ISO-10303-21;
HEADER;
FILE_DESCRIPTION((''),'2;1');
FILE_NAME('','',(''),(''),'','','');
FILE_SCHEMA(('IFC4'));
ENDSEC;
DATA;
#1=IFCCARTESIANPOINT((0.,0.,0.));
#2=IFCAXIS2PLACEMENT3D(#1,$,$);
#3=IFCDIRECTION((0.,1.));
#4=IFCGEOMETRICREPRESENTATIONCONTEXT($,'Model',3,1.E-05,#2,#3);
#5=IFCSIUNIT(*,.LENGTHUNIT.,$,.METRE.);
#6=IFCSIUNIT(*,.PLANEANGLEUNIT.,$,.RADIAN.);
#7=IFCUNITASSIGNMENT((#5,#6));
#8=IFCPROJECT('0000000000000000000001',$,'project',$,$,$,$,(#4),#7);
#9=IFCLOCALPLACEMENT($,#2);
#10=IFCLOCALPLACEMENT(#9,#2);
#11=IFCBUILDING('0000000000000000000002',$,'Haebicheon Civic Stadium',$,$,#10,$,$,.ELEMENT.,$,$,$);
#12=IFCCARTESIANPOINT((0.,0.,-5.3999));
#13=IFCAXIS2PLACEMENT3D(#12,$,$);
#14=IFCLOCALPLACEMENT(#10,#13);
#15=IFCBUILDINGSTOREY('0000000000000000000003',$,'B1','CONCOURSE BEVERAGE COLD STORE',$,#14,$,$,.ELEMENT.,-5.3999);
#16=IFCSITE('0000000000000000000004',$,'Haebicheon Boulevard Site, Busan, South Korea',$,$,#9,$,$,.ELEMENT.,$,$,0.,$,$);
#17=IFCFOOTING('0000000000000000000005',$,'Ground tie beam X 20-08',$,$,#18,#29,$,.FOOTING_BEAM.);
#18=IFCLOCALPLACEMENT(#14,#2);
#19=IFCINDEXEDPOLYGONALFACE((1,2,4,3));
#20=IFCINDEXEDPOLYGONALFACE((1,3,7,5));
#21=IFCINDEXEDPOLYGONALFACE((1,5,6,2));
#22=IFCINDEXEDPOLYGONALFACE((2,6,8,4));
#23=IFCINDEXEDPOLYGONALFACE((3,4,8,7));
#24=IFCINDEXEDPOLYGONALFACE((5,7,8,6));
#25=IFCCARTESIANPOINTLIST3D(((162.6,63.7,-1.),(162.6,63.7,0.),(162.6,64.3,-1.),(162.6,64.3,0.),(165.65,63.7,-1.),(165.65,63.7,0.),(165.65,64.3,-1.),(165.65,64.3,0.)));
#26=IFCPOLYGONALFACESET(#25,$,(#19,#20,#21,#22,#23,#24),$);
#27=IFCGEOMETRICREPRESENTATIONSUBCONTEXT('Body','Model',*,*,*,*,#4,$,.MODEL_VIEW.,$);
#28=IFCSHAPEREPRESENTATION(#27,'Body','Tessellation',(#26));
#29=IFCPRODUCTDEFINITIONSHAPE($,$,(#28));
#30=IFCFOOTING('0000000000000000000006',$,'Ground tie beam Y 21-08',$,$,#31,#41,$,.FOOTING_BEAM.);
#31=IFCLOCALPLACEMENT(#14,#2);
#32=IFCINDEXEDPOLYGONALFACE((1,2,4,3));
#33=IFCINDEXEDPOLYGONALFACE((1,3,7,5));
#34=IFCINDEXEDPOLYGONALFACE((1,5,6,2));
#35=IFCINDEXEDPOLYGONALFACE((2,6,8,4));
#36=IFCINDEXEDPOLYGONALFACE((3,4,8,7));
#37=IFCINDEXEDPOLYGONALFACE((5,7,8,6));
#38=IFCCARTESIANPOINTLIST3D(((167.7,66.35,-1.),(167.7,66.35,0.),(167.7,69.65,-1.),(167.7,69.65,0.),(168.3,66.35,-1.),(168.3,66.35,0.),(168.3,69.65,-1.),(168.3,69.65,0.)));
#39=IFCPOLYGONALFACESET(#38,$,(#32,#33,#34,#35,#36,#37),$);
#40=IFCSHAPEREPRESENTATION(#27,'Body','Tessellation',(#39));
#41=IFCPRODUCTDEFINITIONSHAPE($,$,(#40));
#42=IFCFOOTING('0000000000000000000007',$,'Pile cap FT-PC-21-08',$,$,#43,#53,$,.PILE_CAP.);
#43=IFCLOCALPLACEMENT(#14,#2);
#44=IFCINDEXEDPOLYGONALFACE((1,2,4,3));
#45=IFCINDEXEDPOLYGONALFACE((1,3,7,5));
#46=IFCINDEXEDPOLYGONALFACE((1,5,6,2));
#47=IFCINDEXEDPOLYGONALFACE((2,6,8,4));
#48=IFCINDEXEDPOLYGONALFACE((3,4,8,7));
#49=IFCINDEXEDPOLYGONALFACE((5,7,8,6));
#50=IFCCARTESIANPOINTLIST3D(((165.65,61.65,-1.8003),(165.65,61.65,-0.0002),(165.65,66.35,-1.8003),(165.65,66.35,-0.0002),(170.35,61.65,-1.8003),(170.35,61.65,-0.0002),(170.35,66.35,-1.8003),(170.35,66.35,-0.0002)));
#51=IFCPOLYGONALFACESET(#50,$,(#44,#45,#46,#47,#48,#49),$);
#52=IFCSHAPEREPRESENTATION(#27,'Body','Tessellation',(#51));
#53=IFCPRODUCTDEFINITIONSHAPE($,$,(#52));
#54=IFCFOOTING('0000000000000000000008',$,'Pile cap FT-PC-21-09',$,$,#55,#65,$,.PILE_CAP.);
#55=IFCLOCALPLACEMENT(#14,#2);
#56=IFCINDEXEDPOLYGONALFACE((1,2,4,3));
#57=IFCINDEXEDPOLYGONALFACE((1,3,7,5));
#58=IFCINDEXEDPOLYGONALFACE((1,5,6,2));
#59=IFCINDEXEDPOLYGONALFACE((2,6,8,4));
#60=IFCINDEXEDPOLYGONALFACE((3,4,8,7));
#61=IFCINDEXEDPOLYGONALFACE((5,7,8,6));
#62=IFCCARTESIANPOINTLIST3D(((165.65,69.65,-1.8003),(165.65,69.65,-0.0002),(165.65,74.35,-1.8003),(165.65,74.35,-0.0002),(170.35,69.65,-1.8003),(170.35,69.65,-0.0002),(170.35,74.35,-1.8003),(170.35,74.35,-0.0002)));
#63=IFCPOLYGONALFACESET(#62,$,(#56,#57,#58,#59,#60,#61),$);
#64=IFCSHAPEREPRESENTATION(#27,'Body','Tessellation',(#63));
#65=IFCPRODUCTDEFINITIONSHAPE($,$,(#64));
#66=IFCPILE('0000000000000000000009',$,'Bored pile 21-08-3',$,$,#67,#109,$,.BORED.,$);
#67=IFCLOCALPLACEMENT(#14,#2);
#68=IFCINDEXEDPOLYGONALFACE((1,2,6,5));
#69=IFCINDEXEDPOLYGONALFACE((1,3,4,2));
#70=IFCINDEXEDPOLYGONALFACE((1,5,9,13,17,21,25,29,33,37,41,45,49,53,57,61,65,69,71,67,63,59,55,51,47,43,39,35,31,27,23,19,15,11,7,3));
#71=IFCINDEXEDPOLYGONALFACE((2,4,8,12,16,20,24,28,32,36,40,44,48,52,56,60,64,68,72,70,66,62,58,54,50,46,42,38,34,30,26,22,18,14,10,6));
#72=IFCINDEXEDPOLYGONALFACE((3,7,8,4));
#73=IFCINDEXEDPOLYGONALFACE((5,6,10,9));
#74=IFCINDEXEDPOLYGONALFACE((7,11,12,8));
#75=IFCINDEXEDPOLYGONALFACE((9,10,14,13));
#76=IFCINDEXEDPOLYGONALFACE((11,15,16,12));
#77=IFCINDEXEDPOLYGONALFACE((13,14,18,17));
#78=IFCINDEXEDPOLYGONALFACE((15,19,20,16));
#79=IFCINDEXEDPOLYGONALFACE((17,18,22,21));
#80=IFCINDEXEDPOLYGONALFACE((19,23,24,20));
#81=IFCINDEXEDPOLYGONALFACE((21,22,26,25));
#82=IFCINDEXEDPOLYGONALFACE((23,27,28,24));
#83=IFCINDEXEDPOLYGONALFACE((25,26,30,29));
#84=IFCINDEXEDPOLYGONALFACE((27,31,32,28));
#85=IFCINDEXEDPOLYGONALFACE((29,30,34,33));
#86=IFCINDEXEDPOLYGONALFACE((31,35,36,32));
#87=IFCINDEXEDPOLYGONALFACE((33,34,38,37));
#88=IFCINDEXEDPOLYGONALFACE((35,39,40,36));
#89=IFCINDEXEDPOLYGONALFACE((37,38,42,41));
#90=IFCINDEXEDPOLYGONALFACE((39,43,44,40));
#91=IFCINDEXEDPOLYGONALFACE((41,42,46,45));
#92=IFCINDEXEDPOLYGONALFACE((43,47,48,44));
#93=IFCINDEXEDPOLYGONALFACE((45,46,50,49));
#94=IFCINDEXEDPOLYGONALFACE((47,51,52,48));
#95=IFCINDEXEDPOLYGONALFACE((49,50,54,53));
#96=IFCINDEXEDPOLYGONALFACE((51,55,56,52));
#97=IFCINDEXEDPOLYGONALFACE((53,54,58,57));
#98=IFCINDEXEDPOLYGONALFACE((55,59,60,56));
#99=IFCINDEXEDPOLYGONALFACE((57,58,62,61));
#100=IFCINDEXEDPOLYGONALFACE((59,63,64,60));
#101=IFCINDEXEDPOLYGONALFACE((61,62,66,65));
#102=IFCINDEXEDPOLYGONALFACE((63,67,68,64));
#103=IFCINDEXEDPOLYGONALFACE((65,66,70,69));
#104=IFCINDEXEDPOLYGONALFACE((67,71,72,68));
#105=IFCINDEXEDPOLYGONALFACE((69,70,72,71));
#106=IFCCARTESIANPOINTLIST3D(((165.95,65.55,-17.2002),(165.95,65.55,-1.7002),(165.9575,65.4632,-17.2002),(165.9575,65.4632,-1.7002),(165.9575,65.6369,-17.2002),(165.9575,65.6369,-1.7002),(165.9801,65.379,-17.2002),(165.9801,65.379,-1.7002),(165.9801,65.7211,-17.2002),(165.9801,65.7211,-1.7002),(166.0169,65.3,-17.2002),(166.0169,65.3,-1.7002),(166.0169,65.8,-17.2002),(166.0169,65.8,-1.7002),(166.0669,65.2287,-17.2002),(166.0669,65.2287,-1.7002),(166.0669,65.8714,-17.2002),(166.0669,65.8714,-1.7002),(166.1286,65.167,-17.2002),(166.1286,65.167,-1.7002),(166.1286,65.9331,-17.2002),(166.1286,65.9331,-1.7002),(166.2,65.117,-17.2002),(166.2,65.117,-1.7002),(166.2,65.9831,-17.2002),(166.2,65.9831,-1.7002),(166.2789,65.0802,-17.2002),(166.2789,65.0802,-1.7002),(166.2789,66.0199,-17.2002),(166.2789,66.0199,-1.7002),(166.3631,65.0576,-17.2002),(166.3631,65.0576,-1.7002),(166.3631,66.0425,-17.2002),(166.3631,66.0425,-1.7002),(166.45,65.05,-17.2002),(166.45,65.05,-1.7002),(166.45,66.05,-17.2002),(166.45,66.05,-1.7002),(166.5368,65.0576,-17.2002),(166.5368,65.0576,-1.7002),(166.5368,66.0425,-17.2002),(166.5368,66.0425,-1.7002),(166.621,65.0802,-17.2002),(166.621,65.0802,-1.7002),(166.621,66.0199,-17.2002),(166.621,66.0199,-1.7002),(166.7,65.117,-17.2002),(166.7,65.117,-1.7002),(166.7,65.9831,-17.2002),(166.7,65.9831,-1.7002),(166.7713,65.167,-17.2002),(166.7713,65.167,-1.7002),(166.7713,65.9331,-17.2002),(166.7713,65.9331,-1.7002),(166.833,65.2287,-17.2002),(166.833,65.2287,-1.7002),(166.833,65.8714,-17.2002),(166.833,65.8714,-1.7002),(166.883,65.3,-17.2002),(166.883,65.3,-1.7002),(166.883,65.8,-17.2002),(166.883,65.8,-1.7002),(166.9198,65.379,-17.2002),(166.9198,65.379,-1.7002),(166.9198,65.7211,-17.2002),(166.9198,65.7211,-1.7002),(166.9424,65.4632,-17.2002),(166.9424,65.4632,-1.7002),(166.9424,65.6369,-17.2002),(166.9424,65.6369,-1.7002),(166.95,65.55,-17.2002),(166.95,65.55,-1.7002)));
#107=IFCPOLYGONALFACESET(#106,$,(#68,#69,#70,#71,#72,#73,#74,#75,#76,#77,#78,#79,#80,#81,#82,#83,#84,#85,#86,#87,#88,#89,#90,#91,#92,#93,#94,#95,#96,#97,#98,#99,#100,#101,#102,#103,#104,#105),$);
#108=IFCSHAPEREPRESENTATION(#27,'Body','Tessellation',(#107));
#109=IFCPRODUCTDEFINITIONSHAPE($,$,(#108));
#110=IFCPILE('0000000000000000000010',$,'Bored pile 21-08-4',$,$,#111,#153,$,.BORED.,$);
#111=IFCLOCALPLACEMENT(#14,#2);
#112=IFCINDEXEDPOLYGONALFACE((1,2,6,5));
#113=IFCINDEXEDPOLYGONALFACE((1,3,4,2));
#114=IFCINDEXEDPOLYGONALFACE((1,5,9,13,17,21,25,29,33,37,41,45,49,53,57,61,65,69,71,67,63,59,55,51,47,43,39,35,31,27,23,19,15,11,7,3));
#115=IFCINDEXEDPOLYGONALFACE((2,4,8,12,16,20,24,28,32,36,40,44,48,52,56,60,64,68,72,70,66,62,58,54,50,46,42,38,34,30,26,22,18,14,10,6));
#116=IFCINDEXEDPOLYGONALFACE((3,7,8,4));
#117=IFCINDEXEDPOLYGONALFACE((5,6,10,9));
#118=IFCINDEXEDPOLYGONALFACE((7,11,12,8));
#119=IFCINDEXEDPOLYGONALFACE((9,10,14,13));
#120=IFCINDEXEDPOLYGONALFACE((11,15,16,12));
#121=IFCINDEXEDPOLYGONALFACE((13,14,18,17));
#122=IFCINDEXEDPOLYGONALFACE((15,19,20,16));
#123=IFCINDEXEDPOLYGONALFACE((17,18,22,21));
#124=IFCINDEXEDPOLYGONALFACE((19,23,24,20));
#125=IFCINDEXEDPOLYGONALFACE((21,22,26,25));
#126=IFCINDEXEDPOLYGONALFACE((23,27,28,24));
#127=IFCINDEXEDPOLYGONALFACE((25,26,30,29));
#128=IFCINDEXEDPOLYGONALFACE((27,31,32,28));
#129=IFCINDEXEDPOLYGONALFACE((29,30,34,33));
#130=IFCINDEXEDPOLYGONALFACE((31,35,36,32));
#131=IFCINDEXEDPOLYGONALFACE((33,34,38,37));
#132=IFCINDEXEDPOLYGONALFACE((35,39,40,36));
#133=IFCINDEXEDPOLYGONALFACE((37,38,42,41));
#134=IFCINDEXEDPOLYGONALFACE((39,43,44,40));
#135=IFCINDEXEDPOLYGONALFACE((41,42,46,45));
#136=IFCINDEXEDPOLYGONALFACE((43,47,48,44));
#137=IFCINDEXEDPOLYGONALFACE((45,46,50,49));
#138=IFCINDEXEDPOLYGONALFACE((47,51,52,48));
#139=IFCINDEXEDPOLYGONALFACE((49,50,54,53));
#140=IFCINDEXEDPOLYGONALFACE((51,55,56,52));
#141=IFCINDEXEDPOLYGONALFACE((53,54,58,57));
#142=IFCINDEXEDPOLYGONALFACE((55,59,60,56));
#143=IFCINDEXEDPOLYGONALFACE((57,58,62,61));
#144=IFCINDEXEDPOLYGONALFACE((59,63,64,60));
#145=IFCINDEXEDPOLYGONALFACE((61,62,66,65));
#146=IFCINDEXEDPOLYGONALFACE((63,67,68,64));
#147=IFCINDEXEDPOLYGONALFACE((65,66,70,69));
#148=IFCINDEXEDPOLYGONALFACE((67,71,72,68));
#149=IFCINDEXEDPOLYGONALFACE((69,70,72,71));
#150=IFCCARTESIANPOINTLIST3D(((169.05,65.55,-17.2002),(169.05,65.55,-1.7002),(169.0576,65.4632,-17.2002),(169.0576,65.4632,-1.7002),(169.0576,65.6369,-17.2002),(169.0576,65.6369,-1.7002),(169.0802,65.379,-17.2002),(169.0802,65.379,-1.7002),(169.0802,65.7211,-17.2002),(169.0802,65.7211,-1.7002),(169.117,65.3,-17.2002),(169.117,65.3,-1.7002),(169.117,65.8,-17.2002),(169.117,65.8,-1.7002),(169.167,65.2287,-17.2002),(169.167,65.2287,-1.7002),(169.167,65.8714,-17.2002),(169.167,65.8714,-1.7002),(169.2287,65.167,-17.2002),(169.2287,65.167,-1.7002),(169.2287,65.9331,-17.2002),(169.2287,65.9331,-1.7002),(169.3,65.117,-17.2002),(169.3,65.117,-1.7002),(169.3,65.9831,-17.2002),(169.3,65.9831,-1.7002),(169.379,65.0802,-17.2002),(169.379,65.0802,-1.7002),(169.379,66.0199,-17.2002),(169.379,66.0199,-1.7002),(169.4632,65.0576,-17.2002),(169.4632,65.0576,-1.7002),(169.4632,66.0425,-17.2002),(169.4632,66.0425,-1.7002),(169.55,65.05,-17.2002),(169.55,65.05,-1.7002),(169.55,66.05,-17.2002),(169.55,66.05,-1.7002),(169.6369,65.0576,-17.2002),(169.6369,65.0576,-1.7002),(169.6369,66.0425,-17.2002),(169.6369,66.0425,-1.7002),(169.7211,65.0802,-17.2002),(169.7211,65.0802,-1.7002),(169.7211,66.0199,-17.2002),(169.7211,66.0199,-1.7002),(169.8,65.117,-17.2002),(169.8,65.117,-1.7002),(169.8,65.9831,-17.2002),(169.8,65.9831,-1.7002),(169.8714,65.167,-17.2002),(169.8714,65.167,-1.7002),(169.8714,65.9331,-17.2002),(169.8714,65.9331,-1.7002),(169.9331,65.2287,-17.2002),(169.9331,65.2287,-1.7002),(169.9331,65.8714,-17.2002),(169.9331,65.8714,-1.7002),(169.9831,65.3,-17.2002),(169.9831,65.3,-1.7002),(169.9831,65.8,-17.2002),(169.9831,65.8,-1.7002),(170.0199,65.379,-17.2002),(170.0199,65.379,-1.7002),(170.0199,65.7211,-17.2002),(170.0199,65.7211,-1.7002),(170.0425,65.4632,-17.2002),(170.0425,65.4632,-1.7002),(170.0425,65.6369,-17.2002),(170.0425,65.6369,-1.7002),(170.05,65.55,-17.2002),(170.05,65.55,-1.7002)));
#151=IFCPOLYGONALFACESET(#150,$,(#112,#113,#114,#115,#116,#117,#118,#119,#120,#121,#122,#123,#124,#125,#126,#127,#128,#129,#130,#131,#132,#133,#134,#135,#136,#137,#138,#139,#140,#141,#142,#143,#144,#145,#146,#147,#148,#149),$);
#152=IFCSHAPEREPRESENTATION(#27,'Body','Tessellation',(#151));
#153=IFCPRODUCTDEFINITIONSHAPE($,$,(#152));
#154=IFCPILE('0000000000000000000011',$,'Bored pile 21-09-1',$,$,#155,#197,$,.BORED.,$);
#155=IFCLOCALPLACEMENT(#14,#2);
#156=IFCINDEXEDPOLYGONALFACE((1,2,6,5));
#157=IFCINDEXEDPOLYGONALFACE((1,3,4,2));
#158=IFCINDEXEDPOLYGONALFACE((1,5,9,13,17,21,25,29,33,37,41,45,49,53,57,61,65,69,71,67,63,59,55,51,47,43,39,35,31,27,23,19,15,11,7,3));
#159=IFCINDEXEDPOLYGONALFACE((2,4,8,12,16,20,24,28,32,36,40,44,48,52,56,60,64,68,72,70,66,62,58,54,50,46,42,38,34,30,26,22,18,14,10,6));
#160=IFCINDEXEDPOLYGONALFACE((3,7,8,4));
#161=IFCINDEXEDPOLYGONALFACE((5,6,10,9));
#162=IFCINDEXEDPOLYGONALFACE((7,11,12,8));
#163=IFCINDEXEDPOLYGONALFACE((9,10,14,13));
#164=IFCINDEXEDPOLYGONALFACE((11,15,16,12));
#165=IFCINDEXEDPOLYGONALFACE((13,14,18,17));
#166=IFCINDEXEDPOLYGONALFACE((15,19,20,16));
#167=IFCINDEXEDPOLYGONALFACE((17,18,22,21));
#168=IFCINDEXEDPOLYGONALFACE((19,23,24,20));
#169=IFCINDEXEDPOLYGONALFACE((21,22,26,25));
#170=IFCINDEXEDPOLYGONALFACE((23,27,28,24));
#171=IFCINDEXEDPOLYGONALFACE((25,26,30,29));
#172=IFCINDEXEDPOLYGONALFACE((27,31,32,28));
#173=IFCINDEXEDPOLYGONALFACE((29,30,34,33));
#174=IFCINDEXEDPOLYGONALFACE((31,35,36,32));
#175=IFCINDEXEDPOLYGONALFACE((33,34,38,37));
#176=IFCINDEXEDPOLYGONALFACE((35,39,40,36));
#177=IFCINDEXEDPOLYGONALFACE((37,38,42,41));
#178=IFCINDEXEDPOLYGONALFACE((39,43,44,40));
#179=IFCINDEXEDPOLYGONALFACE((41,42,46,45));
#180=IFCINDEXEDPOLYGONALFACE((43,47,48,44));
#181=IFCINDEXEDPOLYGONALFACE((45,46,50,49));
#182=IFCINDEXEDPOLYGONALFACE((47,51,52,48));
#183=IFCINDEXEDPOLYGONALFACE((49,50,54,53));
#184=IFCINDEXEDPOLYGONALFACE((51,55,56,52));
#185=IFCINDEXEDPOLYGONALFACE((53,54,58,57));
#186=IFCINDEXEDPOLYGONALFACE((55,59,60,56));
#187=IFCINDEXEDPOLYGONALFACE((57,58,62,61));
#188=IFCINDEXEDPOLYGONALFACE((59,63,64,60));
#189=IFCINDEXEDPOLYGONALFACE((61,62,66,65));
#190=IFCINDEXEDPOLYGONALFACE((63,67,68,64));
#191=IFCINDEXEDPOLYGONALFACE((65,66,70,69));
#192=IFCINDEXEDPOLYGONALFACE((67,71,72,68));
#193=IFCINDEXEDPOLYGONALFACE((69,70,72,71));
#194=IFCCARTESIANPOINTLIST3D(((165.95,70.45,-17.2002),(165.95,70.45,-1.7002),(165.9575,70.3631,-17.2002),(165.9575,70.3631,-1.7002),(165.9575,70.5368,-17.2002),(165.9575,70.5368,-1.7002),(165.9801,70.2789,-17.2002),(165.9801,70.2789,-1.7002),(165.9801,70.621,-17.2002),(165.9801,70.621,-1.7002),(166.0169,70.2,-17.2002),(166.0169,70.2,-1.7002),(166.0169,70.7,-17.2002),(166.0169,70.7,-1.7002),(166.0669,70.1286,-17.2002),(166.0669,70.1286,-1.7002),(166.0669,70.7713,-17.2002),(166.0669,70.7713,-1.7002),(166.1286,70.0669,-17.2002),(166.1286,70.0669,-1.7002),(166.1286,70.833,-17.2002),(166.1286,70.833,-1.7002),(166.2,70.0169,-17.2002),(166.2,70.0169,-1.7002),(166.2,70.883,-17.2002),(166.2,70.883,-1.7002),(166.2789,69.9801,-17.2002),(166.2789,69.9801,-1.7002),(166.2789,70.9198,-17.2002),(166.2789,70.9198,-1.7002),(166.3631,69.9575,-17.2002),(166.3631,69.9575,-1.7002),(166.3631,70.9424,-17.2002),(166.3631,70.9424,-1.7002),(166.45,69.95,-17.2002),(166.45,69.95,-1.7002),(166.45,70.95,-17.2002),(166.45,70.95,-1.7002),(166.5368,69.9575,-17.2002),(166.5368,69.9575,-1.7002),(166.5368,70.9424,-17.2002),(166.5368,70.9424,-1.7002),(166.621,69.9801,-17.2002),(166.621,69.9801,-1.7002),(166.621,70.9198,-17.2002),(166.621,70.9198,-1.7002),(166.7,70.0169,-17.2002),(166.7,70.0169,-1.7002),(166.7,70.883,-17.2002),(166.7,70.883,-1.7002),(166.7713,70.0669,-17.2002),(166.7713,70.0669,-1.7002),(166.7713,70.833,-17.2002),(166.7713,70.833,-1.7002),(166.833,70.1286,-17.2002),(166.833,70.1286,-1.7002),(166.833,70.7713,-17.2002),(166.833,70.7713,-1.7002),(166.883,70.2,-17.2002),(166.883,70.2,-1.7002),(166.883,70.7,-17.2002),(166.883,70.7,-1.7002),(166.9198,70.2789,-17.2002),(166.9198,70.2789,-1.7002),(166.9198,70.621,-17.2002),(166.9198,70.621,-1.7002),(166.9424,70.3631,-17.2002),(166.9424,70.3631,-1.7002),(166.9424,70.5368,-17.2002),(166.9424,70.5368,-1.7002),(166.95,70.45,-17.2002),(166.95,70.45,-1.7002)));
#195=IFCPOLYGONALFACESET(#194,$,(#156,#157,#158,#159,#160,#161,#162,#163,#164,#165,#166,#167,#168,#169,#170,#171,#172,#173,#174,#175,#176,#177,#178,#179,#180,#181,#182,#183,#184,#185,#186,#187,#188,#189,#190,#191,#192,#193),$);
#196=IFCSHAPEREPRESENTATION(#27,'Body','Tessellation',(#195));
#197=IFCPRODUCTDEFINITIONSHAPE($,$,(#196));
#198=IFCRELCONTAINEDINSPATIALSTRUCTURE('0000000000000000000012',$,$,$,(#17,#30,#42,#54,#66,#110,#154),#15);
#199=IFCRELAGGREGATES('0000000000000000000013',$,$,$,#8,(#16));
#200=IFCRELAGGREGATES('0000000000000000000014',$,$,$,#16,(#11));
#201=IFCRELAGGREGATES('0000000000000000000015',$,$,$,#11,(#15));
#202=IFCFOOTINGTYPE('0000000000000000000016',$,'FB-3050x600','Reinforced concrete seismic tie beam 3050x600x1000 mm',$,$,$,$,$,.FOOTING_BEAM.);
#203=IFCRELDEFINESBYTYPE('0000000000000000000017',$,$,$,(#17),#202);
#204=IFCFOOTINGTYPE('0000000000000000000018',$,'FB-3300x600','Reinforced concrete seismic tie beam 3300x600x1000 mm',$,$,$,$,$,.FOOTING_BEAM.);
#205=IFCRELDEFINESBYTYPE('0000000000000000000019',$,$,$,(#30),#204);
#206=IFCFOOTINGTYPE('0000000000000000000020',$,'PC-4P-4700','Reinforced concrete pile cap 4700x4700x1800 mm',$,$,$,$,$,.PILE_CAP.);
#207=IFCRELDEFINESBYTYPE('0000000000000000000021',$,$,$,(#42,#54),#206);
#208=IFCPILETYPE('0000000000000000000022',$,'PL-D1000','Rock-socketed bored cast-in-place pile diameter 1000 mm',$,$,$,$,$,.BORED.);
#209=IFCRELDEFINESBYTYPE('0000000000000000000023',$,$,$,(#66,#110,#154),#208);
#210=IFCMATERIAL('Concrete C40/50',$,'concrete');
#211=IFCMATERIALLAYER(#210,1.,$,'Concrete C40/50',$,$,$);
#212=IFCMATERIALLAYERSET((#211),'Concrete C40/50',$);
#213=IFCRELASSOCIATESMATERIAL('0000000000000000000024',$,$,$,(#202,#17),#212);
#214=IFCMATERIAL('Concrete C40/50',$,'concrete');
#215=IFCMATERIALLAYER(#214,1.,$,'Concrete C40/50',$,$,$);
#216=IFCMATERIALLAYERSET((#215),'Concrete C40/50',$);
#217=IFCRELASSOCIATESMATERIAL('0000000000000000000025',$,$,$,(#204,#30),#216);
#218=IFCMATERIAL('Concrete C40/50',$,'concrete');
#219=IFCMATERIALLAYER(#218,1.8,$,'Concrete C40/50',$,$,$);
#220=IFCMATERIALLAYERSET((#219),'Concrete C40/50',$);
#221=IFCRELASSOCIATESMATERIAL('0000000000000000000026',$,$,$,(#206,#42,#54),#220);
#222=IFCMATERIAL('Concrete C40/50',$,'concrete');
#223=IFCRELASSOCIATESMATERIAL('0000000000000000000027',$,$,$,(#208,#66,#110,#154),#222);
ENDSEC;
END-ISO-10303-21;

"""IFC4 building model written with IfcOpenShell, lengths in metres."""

from ifc_helpers import new_model, si_unit, direction, frame, origin, origin_2d, place, context, subcontext, project, spatial, rectangle, circle, extrude, material, layer, layer_set, material_profile, profile_set, type_object, element, save


model = new_model("IFC4")

# Units and contexts
model_context = context("Model", 3, precision=1e-05, world=origin(), true_north=direction((0.0, 1.0)))
body_context = subcontext(model_context, "Body", "Model", "MODEL_VIEW")
ifc_project = project(units=[si_unit("LENGTHUNIT", "METRE"), si_unit("PLANEANGLEUNIT", "RADIAN")], contexts=[model_context])

# Site, building, storey
site_placement = place(None, origin())
site = spatial("IfcSite", under=ifc_project, at=site_placement, Name="Haebicheon Boulevard Site, Busan, South Korea", CompositionType="ELEMENT", RefElevation=0.0)
building_placement = place(site_placement, origin())
building = spatial("IfcBuilding", under=site, at=building_placement, Name="Haebicheon Civic Stadium", CompositionType="ELEMENT")
storey_placement = place(building_placement, frame((0.0, 0.0, -5.3999)))
storey = spatial("IfcBuildingStorey", under=building, at=storey_placement, Name="B1", Description="CONCOURSE BEVERAGE COLD STORE", CompositionType="ELEMENT", Elevation=-5.3999)

# Footings
ifc_material_1 = material(Name="Concrete C40/50", Category="concrete")
ifc_layer_1 = layer(ifc_material_1, 1.0, Name="Concrete C40/50")
ifc_layer_set_1 = layer_set([ifc_layer_1], Name="Concrete C40/50")
footing_type_1 = type_object("IfcFootingType", Name="FB-3050x600", Description="Reinforced concrete seismic tie beam 3050x600x1000 mm", PredefinedType="FOOTING_BEAM", material=ifc_layer_set_1)
footing_1_placement = place(storey_placement, frame((164.125, 64.0, -1.0), z_axis=(0.0, 0.0, 1.0), x_axis=(1.0, 0.0, 0.0)))
element("IfcFooting", 1, at=footing_1_placement, inside=storey, type_object=footing_type_1, material=ifc_layer_set_1, Name="Ground tie beam X 20-08", PredefinedType="FOOTING_BEAM", context=body_context, shape_type="SweptSolid", body=[
    extrude(rectangle(XDim=3.05, YDim=0.6001, at=origin_2d()), origin(), (0.0, 0.0, 1.0), 1.0),
])
ifc_material_2 = material(Name="Concrete C40/50", Category="concrete")
ifc_layer_2 = layer(ifc_material_2, 1.0, Name="Concrete C40/50")
ifc_layer_set_2 = layer_set([ifc_layer_2], Name="Concrete C40/50")
footing_type_2 = type_object("IfcFootingType", Name="FB-3300x600", Description="Reinforced concrete seismic tie beam 3300x600x1000 mm", PredefinedType="FOOTING_BEAM", material=ifc_layer_set_2)
footing_2_placement = place(storey_placement, frame((168.0, 68.0, -1.0), z_axis=(0.0, 0.0, 1.0), x_axis=(0.0, 1.0, 0.0)))
element("IfcFooting", 2, at=footing_2_placement, inside=storey, type_object=footing_type_2, material=ifc_layer_set_2, Name="Ground tie beam Y 21-08", PredefinedType="FOOTING_BEAM", context=body_context, shape_type="SweptSolid", body=[
    extrude(rectangle(XDim=3.3, YDim=0.6001, at=origin_2d()), origin(), (0.0, 0.0, 1.0), 1.0),
])
ifc_material_3 = material(Name="Concrete C40/50", Category="concrete")
ifc_layer_3 = layer(ifc_material_3, 1.8, Name="Concrete C40/50")
ifc_layer_set_3 = layer_set([ifc_layer_3], Name="Concrete C40/50")
footing_type_3 = type_object("IfcFootingType", Name="PC-4P-4700", Description="Reinforced concrete pile cap 4700x4700x1800 mm", PredefinedType="PILE_CAP", material=ifc_layer_set_3)
for number, where, z_axis, x_axis, name in (
    (3, (168.0, 64.0, -1.8003), (0.0, 0.0, 1.0), (1.0, 0.0, 0.0), "Pile cap FT-PC-21-08"),
    (4, (168.0, 72.0, -1.8003), (0.0, 0.0, 1.0), (1.0, 0.0, 0.0), "Pile cap FT-PC-21-09"),
):
    element("IfcFooting", number, at=place(storey_placement, frame(where, z_axis=z_axis, x_axis=x_axis)), inside=storey, type_object=footing_type_3, material=ifc_layer_set_3, Name=name, PredefinedType="PILE_CAP", context=body_context, shape_type="SweptSolid", body=[
        extrude(rectangle(XDim=4.7, YDim=4.7, at=origin_2d()), origin(), (0.0, 0.0, 1.0), 1.8),
    ])

# Piles
ifc_material_4 = material(Name="Concrete C40/50", Category="concrete")
ifc_material_profile_1 = material_profile(ifc_material_4, circle(Radius=0.5, at=origin_2d()), Name="PILE-D1000")
ifc_profile_set_1 = profile_set([ifc_material_profile_1], Name="Concrete C40/50")
pile_type_1 = type_object("IfcPileType", Name="PL-D1000", Description="Rock-socketed bored cast-in-place pile diameter 1000 mm", PredefinedType="BORED", material=ifc_profile_set_1)
for number, where, z_axis, x_axis, name in (
    (5, (166.45, 65.55, -1.7002), (0.0, 0.0, -1.0), (1.0, 0.0, 0.0), "Bored pile 21-08-3"),
    (6, (169.55, 65.55, -1.7002), (0.0, 0.0, -1.0), (1.0, 0.0, 0.0), "Bored pile 21-08-4"),
    (7, (166.45, 70.45, -1.7002), (0.0, 0.0, -1.0), (1.0, 0.0, 0.0), "Bored pile 21-09-1"),
):
    element("IfcPile", number, at=place(storey_placement, frame(where, z_axis=z_axis, x_axis=x_axis)), inside=storey, type_object=pile_type_1, material=ifc_profile_set_1, Name=name, PredefinedType="BORED", context=body_context, shape_type="SweptSolid", body=[
        extrude(circle(Radius=0.5, at=origin_2d()), origin(), (0.0, 0.0, 1.0), 15.5),
    ])

save(model, "model.ifc")
